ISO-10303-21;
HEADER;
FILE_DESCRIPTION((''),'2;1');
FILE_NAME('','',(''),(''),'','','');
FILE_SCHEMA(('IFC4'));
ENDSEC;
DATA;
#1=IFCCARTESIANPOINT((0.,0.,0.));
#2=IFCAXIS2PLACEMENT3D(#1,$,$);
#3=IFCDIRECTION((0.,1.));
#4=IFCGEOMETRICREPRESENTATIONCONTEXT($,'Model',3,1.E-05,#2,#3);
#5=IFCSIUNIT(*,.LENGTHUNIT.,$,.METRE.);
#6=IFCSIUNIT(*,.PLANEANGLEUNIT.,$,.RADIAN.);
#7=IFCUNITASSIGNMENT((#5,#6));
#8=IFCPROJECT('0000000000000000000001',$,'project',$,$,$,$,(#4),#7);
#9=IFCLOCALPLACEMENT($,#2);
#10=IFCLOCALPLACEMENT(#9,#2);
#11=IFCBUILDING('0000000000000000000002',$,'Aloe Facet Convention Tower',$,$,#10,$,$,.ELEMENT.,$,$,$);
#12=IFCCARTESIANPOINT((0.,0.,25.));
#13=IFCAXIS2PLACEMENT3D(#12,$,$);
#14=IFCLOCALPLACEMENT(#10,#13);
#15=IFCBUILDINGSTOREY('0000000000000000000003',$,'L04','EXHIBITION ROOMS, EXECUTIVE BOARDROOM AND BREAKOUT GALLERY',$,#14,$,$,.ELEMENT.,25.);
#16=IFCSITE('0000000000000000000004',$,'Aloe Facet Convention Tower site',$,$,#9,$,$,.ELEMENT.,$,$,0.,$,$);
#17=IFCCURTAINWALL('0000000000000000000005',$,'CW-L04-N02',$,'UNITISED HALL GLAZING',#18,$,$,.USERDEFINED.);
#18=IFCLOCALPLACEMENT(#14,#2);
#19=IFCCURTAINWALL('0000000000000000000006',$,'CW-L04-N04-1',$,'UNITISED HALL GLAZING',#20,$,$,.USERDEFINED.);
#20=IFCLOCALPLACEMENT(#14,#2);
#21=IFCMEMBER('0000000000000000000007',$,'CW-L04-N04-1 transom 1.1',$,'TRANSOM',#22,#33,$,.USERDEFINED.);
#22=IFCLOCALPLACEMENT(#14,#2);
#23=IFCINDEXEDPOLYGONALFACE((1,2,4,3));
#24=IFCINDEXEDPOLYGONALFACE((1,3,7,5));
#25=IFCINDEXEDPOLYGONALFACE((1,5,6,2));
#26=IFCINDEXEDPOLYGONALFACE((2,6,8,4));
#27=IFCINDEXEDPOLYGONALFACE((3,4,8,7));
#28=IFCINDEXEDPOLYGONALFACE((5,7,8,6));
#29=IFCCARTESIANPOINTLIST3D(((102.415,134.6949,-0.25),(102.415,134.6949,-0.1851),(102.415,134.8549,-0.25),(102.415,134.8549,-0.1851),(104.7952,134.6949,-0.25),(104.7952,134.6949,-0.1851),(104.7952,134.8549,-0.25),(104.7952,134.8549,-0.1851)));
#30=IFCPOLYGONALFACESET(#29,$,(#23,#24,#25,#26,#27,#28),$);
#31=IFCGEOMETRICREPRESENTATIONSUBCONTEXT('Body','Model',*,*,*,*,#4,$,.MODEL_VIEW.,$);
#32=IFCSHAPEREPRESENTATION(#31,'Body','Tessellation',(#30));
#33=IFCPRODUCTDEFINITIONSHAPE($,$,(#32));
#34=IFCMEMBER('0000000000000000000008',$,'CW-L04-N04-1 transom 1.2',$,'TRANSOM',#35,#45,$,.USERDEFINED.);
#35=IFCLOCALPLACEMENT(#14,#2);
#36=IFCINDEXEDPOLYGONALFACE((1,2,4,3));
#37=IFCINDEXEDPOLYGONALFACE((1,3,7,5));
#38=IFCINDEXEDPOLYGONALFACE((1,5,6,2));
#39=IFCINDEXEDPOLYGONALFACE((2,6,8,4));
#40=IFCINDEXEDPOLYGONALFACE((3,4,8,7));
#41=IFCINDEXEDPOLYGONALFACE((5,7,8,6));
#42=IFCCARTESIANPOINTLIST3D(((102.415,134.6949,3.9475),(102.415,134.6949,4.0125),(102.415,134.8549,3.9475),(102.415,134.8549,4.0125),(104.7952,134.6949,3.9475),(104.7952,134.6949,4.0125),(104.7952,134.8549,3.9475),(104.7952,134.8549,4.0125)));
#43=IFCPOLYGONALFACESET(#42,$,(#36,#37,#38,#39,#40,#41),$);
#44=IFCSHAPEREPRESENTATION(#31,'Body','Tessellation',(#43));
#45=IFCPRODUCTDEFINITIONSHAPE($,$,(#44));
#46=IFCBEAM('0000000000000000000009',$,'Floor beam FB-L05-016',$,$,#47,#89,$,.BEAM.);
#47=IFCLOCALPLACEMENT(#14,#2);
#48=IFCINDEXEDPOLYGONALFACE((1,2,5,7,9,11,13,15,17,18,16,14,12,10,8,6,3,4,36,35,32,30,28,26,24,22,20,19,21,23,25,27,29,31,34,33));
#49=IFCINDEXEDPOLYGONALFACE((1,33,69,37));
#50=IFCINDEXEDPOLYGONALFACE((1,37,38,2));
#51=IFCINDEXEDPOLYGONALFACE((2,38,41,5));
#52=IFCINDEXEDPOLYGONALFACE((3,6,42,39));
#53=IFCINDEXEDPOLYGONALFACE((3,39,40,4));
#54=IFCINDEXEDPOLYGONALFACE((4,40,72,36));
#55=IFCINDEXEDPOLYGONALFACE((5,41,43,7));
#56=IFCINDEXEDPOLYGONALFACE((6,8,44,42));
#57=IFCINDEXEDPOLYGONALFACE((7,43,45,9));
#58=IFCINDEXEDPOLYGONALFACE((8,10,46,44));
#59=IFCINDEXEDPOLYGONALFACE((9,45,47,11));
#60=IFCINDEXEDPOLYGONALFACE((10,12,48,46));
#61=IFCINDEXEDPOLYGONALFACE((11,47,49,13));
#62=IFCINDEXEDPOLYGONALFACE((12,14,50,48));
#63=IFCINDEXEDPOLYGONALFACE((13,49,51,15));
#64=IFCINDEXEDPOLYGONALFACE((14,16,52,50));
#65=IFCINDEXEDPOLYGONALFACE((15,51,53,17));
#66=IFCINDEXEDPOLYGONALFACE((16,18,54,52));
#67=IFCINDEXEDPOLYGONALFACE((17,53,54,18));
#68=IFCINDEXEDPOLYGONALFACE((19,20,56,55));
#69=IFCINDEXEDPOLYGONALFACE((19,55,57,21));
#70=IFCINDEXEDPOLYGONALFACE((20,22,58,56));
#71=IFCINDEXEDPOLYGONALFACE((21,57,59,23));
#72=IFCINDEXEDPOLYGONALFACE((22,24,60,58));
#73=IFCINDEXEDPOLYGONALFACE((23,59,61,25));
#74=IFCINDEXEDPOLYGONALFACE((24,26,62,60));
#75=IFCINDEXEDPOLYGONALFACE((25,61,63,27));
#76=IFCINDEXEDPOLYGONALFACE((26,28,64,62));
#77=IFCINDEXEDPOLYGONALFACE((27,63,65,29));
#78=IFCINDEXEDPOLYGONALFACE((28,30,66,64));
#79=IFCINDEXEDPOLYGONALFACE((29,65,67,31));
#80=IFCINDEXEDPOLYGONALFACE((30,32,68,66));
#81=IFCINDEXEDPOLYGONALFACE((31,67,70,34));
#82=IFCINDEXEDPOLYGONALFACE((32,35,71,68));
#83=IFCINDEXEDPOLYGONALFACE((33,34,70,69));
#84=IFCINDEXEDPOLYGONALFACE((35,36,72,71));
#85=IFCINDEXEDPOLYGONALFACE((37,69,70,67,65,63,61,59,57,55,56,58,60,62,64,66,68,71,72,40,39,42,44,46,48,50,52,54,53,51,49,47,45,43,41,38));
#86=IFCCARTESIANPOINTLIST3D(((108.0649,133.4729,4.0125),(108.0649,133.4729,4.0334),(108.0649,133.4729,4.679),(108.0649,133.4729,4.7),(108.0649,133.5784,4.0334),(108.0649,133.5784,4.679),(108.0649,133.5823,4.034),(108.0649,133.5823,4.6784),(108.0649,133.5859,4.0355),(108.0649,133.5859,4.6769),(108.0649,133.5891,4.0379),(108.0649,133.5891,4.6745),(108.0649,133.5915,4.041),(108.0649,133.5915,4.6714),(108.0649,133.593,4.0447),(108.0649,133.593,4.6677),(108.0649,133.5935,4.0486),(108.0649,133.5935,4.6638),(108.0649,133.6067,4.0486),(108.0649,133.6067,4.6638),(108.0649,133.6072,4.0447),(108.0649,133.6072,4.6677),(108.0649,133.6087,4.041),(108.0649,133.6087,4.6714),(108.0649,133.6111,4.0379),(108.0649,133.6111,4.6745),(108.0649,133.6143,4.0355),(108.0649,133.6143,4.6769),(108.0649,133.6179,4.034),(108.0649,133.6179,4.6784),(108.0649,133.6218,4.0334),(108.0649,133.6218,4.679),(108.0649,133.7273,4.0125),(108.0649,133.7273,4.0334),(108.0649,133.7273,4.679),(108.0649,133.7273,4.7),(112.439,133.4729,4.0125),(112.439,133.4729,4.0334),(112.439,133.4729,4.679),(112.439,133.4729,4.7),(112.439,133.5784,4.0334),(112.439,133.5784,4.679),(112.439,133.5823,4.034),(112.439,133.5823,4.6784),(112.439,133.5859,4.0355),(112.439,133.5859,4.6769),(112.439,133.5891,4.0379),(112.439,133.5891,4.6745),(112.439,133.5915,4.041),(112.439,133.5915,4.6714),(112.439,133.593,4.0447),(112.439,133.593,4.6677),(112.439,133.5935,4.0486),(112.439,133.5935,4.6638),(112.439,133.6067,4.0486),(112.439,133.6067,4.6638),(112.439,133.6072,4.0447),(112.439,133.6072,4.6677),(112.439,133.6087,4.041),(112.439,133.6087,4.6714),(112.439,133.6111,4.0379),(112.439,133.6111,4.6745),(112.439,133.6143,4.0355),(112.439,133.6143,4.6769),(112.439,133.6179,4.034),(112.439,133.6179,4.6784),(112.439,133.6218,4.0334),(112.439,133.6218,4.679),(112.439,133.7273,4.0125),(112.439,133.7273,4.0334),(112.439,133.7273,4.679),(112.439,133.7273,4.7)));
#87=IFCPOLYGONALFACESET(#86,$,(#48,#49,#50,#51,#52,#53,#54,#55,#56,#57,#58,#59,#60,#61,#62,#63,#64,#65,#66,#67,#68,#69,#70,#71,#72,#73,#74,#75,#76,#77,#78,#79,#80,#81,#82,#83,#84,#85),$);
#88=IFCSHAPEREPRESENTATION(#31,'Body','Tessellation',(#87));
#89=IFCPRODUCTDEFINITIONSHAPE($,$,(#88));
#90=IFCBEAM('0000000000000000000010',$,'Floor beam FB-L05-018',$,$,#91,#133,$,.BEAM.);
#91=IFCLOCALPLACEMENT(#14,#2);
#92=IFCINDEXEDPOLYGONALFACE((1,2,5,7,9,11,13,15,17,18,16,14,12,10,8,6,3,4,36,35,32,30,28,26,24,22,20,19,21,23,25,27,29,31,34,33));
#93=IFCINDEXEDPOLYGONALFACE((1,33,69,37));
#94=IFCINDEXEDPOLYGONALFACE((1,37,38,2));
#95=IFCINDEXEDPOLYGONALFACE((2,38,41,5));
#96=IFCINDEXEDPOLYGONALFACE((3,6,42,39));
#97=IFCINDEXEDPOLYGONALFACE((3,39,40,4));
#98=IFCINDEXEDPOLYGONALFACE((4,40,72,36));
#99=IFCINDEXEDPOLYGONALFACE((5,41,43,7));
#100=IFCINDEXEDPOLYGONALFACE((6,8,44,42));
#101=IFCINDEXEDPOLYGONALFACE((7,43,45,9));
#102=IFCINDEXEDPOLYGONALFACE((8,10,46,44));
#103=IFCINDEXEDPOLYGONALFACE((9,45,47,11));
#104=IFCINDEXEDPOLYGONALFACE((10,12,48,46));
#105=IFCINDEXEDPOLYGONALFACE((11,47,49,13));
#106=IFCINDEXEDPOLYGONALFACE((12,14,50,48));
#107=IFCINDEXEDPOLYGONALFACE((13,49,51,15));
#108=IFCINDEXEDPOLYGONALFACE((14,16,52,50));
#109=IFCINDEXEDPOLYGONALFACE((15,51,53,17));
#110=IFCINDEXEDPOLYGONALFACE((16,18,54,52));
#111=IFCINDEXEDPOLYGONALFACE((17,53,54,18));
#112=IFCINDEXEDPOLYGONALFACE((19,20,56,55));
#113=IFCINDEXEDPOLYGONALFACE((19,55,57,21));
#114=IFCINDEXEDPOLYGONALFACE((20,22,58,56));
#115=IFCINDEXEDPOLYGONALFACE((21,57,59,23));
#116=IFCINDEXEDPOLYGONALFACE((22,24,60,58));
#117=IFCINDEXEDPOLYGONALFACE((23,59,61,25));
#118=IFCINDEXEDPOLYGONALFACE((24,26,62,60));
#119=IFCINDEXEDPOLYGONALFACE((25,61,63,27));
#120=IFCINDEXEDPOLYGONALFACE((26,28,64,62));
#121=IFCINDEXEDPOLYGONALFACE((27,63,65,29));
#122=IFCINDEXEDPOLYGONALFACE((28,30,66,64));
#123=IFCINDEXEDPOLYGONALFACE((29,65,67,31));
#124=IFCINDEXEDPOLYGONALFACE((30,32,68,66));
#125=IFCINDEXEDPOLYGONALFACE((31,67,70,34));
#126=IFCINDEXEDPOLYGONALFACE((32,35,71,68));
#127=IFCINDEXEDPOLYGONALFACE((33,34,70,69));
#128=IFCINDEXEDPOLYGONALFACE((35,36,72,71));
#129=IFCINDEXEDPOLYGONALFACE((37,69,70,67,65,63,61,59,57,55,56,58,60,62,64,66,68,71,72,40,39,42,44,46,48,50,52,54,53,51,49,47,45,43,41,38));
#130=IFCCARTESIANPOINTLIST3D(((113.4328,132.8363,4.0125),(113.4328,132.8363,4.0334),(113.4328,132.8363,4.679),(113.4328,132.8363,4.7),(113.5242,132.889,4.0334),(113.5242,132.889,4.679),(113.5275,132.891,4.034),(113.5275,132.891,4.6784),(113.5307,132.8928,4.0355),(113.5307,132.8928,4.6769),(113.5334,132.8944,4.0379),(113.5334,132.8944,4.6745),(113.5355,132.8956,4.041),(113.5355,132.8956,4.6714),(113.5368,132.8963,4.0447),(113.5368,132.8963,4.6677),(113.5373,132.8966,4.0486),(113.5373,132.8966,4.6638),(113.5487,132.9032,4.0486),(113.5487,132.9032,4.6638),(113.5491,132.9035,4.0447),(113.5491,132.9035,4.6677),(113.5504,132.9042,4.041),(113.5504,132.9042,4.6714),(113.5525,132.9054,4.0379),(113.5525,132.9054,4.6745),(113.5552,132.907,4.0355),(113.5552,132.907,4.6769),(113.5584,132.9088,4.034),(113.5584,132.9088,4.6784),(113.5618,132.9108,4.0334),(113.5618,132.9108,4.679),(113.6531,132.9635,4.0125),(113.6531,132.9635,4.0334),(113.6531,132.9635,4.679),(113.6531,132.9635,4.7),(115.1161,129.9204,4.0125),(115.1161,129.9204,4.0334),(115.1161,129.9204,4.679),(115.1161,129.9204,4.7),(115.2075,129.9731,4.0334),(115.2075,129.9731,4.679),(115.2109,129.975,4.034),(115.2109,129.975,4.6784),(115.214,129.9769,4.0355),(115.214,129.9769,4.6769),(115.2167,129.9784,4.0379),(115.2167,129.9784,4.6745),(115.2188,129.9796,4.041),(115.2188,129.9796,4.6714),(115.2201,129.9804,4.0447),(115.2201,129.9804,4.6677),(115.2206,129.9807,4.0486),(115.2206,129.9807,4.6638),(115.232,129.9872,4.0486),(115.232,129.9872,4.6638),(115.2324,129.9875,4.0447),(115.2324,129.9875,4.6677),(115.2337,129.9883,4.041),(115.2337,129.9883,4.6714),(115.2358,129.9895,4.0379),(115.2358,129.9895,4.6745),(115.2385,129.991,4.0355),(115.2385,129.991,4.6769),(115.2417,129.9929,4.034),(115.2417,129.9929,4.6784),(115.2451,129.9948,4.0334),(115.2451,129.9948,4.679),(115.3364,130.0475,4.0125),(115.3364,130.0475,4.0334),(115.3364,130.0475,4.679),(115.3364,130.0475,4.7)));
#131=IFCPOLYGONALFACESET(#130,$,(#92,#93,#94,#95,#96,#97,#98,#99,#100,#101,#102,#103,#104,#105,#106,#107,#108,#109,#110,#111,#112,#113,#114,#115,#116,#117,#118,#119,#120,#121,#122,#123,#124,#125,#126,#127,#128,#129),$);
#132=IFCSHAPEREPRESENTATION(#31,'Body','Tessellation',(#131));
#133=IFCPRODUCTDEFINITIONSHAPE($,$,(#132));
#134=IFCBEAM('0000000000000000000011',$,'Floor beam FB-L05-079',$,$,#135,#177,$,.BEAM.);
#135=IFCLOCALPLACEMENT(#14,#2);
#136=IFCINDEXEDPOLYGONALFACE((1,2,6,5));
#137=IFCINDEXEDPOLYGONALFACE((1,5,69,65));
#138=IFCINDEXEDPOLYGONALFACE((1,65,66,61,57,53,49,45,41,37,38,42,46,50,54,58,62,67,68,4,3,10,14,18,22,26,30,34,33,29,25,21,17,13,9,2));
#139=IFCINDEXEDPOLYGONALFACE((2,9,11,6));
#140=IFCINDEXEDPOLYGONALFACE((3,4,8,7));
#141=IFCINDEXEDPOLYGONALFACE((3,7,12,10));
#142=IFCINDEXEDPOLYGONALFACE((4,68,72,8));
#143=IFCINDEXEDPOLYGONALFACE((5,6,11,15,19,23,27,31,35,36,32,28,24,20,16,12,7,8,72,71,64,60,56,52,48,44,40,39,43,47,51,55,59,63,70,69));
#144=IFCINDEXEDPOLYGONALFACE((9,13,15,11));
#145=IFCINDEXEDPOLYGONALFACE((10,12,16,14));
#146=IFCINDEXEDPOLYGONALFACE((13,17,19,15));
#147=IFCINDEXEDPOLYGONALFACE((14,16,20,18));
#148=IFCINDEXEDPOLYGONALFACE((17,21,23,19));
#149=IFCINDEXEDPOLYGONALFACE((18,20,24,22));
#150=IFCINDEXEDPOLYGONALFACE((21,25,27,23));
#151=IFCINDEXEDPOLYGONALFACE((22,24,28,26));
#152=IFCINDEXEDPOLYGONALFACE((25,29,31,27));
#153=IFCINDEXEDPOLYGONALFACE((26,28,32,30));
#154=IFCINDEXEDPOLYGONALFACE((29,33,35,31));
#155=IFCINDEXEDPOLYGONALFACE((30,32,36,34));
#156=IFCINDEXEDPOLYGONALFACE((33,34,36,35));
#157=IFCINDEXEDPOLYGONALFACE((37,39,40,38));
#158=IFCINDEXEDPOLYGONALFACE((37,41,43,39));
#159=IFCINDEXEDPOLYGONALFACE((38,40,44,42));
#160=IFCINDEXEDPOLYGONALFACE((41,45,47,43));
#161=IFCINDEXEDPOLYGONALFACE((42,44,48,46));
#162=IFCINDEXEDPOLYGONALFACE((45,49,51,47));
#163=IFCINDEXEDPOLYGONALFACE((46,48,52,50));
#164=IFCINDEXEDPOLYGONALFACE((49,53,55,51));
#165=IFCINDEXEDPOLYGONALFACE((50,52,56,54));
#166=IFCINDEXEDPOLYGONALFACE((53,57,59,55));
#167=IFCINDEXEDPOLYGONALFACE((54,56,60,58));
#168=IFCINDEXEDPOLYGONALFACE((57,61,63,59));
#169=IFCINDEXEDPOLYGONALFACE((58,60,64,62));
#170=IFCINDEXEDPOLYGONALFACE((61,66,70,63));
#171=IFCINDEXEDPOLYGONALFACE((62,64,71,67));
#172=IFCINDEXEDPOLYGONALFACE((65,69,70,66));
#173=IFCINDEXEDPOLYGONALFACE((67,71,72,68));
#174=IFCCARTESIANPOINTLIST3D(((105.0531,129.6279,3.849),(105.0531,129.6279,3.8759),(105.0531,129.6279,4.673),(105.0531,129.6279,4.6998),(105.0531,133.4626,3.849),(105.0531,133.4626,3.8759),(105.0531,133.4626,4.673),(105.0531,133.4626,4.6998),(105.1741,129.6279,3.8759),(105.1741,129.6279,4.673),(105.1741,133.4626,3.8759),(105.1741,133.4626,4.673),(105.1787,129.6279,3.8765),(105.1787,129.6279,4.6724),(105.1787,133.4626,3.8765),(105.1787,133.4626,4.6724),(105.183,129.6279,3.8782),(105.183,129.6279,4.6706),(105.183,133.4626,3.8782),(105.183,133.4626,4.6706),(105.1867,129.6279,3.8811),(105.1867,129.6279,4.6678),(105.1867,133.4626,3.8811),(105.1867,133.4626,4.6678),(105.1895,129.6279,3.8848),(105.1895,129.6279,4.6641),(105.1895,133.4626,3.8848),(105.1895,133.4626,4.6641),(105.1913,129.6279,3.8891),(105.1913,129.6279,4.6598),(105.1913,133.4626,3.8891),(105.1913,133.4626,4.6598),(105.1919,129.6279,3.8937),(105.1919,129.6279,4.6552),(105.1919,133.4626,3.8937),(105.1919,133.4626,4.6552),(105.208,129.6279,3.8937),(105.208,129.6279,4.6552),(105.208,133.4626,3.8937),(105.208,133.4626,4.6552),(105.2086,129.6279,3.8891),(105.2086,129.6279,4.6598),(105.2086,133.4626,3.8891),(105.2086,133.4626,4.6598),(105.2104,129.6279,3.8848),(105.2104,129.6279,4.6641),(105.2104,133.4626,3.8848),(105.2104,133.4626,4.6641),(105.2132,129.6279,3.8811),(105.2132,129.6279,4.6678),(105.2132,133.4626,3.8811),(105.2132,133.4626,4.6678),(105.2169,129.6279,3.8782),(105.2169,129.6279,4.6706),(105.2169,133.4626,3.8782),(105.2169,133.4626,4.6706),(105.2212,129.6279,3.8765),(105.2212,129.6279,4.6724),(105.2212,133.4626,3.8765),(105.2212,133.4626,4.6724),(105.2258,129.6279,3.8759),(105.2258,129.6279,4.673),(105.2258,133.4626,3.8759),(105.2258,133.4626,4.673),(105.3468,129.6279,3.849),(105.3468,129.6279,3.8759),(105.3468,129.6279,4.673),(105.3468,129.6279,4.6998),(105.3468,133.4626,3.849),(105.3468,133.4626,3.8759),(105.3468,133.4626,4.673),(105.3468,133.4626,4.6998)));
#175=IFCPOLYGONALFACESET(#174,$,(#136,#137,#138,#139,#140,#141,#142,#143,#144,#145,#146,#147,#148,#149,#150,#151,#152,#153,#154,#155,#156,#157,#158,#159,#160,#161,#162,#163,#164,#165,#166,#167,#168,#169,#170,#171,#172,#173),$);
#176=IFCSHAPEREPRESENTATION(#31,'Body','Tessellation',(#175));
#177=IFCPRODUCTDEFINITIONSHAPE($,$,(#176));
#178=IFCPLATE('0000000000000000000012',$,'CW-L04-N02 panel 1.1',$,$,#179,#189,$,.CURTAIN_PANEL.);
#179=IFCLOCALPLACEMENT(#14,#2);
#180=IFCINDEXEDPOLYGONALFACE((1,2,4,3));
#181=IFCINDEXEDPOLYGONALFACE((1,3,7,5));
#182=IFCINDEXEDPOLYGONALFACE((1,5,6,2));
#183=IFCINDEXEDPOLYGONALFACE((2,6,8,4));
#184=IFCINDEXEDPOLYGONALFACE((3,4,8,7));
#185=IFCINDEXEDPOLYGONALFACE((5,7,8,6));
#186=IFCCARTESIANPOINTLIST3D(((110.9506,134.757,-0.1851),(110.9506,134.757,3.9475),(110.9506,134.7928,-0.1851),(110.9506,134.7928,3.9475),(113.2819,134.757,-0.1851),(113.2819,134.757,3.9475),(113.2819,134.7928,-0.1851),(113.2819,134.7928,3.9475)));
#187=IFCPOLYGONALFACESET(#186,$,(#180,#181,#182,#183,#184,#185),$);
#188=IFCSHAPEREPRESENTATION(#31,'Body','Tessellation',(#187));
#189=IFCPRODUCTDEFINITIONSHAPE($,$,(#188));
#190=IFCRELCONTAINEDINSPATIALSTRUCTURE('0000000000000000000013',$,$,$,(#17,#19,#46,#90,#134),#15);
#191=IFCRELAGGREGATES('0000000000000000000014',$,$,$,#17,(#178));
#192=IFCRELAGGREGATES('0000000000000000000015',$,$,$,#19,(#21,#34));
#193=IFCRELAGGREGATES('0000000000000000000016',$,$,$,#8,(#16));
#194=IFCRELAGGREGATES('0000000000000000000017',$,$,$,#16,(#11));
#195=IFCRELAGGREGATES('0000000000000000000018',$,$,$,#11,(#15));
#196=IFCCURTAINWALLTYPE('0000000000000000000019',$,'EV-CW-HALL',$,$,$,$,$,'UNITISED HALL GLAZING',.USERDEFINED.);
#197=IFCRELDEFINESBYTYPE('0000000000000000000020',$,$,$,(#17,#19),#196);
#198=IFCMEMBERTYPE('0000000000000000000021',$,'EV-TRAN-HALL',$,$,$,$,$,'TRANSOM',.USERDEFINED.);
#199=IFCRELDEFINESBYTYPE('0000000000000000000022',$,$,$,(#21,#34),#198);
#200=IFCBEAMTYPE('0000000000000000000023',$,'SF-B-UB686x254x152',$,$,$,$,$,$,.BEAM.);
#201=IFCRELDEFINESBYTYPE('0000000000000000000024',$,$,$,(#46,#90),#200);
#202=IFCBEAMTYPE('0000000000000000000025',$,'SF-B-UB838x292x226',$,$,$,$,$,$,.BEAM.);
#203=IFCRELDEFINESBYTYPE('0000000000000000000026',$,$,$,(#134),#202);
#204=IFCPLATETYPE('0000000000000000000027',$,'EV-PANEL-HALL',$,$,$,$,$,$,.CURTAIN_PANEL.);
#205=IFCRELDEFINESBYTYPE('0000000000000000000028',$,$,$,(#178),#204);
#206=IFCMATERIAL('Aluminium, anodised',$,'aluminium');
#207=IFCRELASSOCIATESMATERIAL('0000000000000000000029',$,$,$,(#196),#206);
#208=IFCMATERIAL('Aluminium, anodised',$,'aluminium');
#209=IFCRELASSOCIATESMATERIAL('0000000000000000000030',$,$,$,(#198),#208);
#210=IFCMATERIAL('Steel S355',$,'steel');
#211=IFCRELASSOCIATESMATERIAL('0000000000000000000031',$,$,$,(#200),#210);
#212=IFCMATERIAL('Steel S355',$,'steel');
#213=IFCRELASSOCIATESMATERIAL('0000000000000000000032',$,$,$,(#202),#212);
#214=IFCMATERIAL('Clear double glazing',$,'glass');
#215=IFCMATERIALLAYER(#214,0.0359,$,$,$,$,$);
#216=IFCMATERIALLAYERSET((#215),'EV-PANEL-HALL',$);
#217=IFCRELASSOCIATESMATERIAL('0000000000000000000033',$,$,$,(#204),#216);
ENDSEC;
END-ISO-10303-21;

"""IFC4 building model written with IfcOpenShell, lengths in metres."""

from ifc_helpers import new_model, si_unit, direction, frame, origin, origin_2d, place, context, subcontext, project, spatial, rectangle, i_section, extrude, material, layer, layer_set, material_profile, profile_set, type_object, element, aggregate, save


model = new_model("IFC4")

# Units and contexts
model_context = context("Model", 3, precision=1e-05, world=origin(), true_north=direction((0.0, 1.0)))
body_context = subcontext(model_context, "Body", "Model", "MODEL_VIEW")
ifc_project = project(units=[si_unit("LENGTHUNIT", "METRE"), si_unit("PLANEANGLEUNIT", "RADIAN")], contexts=[model_context])

# Site, building, storey
site_placement = place(None, origin())
site = spatial("IfcSite", under=ifc_project, at=site_placement, Name="Aloe Facet Convention Tower site", CompositionType="ELEMENT", RefElevation=0.0)
building_placement = place(site_placement, origin())
building = spatial("IfcBuilding", under=site, at=building_placement, Name="Aloe Facet Convention Tower", CompositionType="ELEMENT")
storey_placement = place(building_placement, frame((0.0, 0.0, 25.0)))
storey = spatial("IfcBuildingStorey", under=building, at=storey_placement, Name="L04", Description="EXHIBITION ROOMS, EXECUTIVE BOARDROOM AND BREAKOUT GALLERY", CompositionType="ELEMENT", Elevation=25.0)

# Curtain wall
ifc_material_1 = material(Name="Aluminium, anodised", Category="aluminium")
curtain_wall_type = type_object("IfcCurtainWallType", Name="EV-CW-HALL", ElementType="UNITISED HALL GLAZING", PredefinedType="USERDEFINED", material=ifc_material_1)
curtain_wall_1_placement = place(storey_placement, origin())
curtain_wall_1 = element("IfcCurtainWall", 1, at=curtain_wall_1_placement, inside=storey, type_object=curtain_wall_type, Name="CW-L04-N02", ObjectType="UNITISED HALL GLAZING", PredefinedType="USERDEFINED")

# Curtain wall
curtain_wall_2_placement = place(storey_placement, origin())
curtain_wall_2 = element("IfcCurtainWall", 2, at=curtain_wall_2_placement, inside=storey, type_object=curtain_wall_type, Name="CW-L04-N04-1", ObjectType="UNITISED HALL GLAZING", PredefinedType="USERDEFINED")

# Members
ifc_material_2 = material(Name="Aluminium, anodised", Category="aluminium")
ifc_material_profile_1 = material_profile(ifc_material_2, rectangle(XDim=0.1599, YDim=0.0649, at=origin_2d()), Name="AL 160x65")
ifc_profile_set_1 = profile_set([ifc_material_profile_1], Name="Aluminium, anodised")
member_type_1 = type_object("IfcMemberType", Name="EV-TRAN-HALL", ElementType="TRANSOM", PredefinedType="USERDEFINED", material=ifc_profile_set_1)
member_1_placement = place(storey_placement, frame((104.7952, 134.7749, -0.2175), z_axis=(-1.0, 0.0, 0.0), x_axis=(0.0, -1.0, 0.0)))
member_1 = element("IfcMember", 3, at=member_1_placement, type_object=member_type_1, Name="CW-L04-N04-1 transom 1.1", ObjectType="TRANSOM", PredefinedType="USERDEFINED", context=body_context, shape_type="SweptSolid", body=[
    extrude(rectangle(XDim=0.1599, YDim=0.0649, at=origin_2d()), origin(), (0.0, 0.0, 1.0), 2.3801),
])
member_2_placement = place(storey_placement, frame((104.7952, 134.7749, 3.98), z_axis=(-1.0, 0.0, 0.0), x_axis=(0.0, -1.0, 0.0)))
member_2 = element("IfcMember", 4, at=member_2_placement, type_object=member_type_1, Name="CW-L04-N04-1 transom 1.2", ObjectType="TRANSOM", PredefinedType="USERDEFINED", context=body_context, shape_type="SweptSolid", body=[
    extrude(rectangle(XDim=0.1599, YDim=0.0649, at=origin_2d()), origin(), (0.0, 0.0, 1.0), 2.3801),
])

# Beams
ifc_material_3 = material(Name="Steel S355", Category="steel")
ifc_material_profile_2 = material_profile(ifc_material_3, i_section(OverallWidth=0.2544, OverallDepth=0.6875, WebThickness=0.0132, FlangeThickness=0.021, FilletRadius=0.0151, at=origin_2d()), Name="UB 686x254x152")
ifc_profile_set_2 = profile_set([ifc_material_profile_2], Name="Steel S355")
beam_type_1 = type_object("IfcBeamType", Name="SF-B-UB686x254x152", PredefinedType="BEAM", material=ifc_profile_set_2)
beam_1_placement = place(storey_placement, frame((108.0649, 133.6001, 4.3562), z_axis=(1.0, 0.0, 0.0), x_axis=(0.0, 1.0, 0.0)))
element("IfcBeam", 5, at=beam_1_placement, inside=storey, type_object=beam_type_1, Name="Floor beam FB-L05-016", PredefinedType="BEAM", context=body_context, shape_type="SweptSolid", body=[
    extrude(i_section(OverallWidth=0.2544, OverallDepth=0.6875, WebThickness=0.0132, FlangeThickness=0.021, FilletRadius=0.0151, at=origin_2d()), origin(), (0.0, 0.0, 1.0), 4.374),
])
beam_2_placement = place(storey_placement, frame((113.543, 132.8999, 4.3562), z_axis=(0.499953, -0.866053, 0.0), x_axis=(0.866053, 0.499953, 0.0)))
element("IfcBeam", 6, at=beam_2_placement, inside=storey, type_object=beam_type_1, Name="Floor beam FB-L05-018", PredefinedType="BEAM", context=body_context, shape_type="SweptSolid", body=[
    extrude(i_section(OverallWidth=0.2544, OverallDepth=0.6875, WebThickness=0.0132, FlangeThickness=0.021, FilletRadius=0.0151, at=origin_2d()), origin(), (0.0, 0.0, 1.0), 3.3669),
])
ifc_material_4 = material(Name="Steel S355", Category="steel")
ifc_material_profile_3 = material_profile(ifc_material_4, i_section(OverallWidth=0.2937, OverallDepth=0.8508, WebThickness=0.0161, FlangeThickness=0.0269, FilletRadius=0.0178, at=origin_2d()), Name="UB 838x292x226")
ifc_profile_set_3 = profile_set([ifc_material_profile_3], Name="Steel S355")
beam_type_2 = type_object("IfcBeamType", Name="SF-B-UB838x292x226", PredefinedType="BEAM", material=ifc_profile_set_3)
beam_3_placement = place(storey_placement, frame((105.2, 129.6279, 4.2744), z_axis=(0.0, 1.0, 0.0), x_axis=(-1.0, 0.0, 0.0)))
element("IfcBeam", 7, at=beam_3_placement, inside=storey, type_object=beam_type_2, Name="Floor beam FB-L05-079", PredefinedType="BEAM", context=body_context, shape_type="SweptSolid", body=[
    extrude(i_section(OverallWidth=0.2937, OverallDepth=0.8508, WebThickness=0.0161, FlangeThickness=0.0269, FilletRadius=0.0178, at=origin_2d()), origin(), (0.0, 0.0, 1.0), 3.8347),
])

# Plate
ifc_material_5 = material(Name="Clear double glazing", Category="glass")
ifc_layer_1 = layer(ifc_material_5, 0.0359)
ifc_layer_set_1 = layer_set([ifc_layer_1], Name="EV-PANEL-HALL")
plate_type = type_object("IfcPlateType", Name="EV-PANEL-HALL", PredefinedType="CURTAIN_PANEL", material=ifc_layer_set_1)
plate_1_placement = place(storey_placement, frame((112.1162, 134.7749, -0.1851), z_axis=(0.0, 0.0, 1.0), x_axis=(-1.0, 0.0, 0.0)))
plate_1 = element("IfcPlate", 8, at=plate_1_placement, type_object=plate_type, Name="CW-L04-N02 panel 1.1", PredefinedType="CURTAIN_PANEL", context=body_context, shape_type="SweptSolid", body=[
    extrude(rectangle(XDim=2.3313, YDim=0.0359, at=origin_2d()), origin(), (0.0, 0.0, 1.0), 4.1326),
])
aggregate(curtain_wall_1, [plate_1])
aggregate(curtain_wall_2, [member_1, member_2])

save(model, "model.ifc")
